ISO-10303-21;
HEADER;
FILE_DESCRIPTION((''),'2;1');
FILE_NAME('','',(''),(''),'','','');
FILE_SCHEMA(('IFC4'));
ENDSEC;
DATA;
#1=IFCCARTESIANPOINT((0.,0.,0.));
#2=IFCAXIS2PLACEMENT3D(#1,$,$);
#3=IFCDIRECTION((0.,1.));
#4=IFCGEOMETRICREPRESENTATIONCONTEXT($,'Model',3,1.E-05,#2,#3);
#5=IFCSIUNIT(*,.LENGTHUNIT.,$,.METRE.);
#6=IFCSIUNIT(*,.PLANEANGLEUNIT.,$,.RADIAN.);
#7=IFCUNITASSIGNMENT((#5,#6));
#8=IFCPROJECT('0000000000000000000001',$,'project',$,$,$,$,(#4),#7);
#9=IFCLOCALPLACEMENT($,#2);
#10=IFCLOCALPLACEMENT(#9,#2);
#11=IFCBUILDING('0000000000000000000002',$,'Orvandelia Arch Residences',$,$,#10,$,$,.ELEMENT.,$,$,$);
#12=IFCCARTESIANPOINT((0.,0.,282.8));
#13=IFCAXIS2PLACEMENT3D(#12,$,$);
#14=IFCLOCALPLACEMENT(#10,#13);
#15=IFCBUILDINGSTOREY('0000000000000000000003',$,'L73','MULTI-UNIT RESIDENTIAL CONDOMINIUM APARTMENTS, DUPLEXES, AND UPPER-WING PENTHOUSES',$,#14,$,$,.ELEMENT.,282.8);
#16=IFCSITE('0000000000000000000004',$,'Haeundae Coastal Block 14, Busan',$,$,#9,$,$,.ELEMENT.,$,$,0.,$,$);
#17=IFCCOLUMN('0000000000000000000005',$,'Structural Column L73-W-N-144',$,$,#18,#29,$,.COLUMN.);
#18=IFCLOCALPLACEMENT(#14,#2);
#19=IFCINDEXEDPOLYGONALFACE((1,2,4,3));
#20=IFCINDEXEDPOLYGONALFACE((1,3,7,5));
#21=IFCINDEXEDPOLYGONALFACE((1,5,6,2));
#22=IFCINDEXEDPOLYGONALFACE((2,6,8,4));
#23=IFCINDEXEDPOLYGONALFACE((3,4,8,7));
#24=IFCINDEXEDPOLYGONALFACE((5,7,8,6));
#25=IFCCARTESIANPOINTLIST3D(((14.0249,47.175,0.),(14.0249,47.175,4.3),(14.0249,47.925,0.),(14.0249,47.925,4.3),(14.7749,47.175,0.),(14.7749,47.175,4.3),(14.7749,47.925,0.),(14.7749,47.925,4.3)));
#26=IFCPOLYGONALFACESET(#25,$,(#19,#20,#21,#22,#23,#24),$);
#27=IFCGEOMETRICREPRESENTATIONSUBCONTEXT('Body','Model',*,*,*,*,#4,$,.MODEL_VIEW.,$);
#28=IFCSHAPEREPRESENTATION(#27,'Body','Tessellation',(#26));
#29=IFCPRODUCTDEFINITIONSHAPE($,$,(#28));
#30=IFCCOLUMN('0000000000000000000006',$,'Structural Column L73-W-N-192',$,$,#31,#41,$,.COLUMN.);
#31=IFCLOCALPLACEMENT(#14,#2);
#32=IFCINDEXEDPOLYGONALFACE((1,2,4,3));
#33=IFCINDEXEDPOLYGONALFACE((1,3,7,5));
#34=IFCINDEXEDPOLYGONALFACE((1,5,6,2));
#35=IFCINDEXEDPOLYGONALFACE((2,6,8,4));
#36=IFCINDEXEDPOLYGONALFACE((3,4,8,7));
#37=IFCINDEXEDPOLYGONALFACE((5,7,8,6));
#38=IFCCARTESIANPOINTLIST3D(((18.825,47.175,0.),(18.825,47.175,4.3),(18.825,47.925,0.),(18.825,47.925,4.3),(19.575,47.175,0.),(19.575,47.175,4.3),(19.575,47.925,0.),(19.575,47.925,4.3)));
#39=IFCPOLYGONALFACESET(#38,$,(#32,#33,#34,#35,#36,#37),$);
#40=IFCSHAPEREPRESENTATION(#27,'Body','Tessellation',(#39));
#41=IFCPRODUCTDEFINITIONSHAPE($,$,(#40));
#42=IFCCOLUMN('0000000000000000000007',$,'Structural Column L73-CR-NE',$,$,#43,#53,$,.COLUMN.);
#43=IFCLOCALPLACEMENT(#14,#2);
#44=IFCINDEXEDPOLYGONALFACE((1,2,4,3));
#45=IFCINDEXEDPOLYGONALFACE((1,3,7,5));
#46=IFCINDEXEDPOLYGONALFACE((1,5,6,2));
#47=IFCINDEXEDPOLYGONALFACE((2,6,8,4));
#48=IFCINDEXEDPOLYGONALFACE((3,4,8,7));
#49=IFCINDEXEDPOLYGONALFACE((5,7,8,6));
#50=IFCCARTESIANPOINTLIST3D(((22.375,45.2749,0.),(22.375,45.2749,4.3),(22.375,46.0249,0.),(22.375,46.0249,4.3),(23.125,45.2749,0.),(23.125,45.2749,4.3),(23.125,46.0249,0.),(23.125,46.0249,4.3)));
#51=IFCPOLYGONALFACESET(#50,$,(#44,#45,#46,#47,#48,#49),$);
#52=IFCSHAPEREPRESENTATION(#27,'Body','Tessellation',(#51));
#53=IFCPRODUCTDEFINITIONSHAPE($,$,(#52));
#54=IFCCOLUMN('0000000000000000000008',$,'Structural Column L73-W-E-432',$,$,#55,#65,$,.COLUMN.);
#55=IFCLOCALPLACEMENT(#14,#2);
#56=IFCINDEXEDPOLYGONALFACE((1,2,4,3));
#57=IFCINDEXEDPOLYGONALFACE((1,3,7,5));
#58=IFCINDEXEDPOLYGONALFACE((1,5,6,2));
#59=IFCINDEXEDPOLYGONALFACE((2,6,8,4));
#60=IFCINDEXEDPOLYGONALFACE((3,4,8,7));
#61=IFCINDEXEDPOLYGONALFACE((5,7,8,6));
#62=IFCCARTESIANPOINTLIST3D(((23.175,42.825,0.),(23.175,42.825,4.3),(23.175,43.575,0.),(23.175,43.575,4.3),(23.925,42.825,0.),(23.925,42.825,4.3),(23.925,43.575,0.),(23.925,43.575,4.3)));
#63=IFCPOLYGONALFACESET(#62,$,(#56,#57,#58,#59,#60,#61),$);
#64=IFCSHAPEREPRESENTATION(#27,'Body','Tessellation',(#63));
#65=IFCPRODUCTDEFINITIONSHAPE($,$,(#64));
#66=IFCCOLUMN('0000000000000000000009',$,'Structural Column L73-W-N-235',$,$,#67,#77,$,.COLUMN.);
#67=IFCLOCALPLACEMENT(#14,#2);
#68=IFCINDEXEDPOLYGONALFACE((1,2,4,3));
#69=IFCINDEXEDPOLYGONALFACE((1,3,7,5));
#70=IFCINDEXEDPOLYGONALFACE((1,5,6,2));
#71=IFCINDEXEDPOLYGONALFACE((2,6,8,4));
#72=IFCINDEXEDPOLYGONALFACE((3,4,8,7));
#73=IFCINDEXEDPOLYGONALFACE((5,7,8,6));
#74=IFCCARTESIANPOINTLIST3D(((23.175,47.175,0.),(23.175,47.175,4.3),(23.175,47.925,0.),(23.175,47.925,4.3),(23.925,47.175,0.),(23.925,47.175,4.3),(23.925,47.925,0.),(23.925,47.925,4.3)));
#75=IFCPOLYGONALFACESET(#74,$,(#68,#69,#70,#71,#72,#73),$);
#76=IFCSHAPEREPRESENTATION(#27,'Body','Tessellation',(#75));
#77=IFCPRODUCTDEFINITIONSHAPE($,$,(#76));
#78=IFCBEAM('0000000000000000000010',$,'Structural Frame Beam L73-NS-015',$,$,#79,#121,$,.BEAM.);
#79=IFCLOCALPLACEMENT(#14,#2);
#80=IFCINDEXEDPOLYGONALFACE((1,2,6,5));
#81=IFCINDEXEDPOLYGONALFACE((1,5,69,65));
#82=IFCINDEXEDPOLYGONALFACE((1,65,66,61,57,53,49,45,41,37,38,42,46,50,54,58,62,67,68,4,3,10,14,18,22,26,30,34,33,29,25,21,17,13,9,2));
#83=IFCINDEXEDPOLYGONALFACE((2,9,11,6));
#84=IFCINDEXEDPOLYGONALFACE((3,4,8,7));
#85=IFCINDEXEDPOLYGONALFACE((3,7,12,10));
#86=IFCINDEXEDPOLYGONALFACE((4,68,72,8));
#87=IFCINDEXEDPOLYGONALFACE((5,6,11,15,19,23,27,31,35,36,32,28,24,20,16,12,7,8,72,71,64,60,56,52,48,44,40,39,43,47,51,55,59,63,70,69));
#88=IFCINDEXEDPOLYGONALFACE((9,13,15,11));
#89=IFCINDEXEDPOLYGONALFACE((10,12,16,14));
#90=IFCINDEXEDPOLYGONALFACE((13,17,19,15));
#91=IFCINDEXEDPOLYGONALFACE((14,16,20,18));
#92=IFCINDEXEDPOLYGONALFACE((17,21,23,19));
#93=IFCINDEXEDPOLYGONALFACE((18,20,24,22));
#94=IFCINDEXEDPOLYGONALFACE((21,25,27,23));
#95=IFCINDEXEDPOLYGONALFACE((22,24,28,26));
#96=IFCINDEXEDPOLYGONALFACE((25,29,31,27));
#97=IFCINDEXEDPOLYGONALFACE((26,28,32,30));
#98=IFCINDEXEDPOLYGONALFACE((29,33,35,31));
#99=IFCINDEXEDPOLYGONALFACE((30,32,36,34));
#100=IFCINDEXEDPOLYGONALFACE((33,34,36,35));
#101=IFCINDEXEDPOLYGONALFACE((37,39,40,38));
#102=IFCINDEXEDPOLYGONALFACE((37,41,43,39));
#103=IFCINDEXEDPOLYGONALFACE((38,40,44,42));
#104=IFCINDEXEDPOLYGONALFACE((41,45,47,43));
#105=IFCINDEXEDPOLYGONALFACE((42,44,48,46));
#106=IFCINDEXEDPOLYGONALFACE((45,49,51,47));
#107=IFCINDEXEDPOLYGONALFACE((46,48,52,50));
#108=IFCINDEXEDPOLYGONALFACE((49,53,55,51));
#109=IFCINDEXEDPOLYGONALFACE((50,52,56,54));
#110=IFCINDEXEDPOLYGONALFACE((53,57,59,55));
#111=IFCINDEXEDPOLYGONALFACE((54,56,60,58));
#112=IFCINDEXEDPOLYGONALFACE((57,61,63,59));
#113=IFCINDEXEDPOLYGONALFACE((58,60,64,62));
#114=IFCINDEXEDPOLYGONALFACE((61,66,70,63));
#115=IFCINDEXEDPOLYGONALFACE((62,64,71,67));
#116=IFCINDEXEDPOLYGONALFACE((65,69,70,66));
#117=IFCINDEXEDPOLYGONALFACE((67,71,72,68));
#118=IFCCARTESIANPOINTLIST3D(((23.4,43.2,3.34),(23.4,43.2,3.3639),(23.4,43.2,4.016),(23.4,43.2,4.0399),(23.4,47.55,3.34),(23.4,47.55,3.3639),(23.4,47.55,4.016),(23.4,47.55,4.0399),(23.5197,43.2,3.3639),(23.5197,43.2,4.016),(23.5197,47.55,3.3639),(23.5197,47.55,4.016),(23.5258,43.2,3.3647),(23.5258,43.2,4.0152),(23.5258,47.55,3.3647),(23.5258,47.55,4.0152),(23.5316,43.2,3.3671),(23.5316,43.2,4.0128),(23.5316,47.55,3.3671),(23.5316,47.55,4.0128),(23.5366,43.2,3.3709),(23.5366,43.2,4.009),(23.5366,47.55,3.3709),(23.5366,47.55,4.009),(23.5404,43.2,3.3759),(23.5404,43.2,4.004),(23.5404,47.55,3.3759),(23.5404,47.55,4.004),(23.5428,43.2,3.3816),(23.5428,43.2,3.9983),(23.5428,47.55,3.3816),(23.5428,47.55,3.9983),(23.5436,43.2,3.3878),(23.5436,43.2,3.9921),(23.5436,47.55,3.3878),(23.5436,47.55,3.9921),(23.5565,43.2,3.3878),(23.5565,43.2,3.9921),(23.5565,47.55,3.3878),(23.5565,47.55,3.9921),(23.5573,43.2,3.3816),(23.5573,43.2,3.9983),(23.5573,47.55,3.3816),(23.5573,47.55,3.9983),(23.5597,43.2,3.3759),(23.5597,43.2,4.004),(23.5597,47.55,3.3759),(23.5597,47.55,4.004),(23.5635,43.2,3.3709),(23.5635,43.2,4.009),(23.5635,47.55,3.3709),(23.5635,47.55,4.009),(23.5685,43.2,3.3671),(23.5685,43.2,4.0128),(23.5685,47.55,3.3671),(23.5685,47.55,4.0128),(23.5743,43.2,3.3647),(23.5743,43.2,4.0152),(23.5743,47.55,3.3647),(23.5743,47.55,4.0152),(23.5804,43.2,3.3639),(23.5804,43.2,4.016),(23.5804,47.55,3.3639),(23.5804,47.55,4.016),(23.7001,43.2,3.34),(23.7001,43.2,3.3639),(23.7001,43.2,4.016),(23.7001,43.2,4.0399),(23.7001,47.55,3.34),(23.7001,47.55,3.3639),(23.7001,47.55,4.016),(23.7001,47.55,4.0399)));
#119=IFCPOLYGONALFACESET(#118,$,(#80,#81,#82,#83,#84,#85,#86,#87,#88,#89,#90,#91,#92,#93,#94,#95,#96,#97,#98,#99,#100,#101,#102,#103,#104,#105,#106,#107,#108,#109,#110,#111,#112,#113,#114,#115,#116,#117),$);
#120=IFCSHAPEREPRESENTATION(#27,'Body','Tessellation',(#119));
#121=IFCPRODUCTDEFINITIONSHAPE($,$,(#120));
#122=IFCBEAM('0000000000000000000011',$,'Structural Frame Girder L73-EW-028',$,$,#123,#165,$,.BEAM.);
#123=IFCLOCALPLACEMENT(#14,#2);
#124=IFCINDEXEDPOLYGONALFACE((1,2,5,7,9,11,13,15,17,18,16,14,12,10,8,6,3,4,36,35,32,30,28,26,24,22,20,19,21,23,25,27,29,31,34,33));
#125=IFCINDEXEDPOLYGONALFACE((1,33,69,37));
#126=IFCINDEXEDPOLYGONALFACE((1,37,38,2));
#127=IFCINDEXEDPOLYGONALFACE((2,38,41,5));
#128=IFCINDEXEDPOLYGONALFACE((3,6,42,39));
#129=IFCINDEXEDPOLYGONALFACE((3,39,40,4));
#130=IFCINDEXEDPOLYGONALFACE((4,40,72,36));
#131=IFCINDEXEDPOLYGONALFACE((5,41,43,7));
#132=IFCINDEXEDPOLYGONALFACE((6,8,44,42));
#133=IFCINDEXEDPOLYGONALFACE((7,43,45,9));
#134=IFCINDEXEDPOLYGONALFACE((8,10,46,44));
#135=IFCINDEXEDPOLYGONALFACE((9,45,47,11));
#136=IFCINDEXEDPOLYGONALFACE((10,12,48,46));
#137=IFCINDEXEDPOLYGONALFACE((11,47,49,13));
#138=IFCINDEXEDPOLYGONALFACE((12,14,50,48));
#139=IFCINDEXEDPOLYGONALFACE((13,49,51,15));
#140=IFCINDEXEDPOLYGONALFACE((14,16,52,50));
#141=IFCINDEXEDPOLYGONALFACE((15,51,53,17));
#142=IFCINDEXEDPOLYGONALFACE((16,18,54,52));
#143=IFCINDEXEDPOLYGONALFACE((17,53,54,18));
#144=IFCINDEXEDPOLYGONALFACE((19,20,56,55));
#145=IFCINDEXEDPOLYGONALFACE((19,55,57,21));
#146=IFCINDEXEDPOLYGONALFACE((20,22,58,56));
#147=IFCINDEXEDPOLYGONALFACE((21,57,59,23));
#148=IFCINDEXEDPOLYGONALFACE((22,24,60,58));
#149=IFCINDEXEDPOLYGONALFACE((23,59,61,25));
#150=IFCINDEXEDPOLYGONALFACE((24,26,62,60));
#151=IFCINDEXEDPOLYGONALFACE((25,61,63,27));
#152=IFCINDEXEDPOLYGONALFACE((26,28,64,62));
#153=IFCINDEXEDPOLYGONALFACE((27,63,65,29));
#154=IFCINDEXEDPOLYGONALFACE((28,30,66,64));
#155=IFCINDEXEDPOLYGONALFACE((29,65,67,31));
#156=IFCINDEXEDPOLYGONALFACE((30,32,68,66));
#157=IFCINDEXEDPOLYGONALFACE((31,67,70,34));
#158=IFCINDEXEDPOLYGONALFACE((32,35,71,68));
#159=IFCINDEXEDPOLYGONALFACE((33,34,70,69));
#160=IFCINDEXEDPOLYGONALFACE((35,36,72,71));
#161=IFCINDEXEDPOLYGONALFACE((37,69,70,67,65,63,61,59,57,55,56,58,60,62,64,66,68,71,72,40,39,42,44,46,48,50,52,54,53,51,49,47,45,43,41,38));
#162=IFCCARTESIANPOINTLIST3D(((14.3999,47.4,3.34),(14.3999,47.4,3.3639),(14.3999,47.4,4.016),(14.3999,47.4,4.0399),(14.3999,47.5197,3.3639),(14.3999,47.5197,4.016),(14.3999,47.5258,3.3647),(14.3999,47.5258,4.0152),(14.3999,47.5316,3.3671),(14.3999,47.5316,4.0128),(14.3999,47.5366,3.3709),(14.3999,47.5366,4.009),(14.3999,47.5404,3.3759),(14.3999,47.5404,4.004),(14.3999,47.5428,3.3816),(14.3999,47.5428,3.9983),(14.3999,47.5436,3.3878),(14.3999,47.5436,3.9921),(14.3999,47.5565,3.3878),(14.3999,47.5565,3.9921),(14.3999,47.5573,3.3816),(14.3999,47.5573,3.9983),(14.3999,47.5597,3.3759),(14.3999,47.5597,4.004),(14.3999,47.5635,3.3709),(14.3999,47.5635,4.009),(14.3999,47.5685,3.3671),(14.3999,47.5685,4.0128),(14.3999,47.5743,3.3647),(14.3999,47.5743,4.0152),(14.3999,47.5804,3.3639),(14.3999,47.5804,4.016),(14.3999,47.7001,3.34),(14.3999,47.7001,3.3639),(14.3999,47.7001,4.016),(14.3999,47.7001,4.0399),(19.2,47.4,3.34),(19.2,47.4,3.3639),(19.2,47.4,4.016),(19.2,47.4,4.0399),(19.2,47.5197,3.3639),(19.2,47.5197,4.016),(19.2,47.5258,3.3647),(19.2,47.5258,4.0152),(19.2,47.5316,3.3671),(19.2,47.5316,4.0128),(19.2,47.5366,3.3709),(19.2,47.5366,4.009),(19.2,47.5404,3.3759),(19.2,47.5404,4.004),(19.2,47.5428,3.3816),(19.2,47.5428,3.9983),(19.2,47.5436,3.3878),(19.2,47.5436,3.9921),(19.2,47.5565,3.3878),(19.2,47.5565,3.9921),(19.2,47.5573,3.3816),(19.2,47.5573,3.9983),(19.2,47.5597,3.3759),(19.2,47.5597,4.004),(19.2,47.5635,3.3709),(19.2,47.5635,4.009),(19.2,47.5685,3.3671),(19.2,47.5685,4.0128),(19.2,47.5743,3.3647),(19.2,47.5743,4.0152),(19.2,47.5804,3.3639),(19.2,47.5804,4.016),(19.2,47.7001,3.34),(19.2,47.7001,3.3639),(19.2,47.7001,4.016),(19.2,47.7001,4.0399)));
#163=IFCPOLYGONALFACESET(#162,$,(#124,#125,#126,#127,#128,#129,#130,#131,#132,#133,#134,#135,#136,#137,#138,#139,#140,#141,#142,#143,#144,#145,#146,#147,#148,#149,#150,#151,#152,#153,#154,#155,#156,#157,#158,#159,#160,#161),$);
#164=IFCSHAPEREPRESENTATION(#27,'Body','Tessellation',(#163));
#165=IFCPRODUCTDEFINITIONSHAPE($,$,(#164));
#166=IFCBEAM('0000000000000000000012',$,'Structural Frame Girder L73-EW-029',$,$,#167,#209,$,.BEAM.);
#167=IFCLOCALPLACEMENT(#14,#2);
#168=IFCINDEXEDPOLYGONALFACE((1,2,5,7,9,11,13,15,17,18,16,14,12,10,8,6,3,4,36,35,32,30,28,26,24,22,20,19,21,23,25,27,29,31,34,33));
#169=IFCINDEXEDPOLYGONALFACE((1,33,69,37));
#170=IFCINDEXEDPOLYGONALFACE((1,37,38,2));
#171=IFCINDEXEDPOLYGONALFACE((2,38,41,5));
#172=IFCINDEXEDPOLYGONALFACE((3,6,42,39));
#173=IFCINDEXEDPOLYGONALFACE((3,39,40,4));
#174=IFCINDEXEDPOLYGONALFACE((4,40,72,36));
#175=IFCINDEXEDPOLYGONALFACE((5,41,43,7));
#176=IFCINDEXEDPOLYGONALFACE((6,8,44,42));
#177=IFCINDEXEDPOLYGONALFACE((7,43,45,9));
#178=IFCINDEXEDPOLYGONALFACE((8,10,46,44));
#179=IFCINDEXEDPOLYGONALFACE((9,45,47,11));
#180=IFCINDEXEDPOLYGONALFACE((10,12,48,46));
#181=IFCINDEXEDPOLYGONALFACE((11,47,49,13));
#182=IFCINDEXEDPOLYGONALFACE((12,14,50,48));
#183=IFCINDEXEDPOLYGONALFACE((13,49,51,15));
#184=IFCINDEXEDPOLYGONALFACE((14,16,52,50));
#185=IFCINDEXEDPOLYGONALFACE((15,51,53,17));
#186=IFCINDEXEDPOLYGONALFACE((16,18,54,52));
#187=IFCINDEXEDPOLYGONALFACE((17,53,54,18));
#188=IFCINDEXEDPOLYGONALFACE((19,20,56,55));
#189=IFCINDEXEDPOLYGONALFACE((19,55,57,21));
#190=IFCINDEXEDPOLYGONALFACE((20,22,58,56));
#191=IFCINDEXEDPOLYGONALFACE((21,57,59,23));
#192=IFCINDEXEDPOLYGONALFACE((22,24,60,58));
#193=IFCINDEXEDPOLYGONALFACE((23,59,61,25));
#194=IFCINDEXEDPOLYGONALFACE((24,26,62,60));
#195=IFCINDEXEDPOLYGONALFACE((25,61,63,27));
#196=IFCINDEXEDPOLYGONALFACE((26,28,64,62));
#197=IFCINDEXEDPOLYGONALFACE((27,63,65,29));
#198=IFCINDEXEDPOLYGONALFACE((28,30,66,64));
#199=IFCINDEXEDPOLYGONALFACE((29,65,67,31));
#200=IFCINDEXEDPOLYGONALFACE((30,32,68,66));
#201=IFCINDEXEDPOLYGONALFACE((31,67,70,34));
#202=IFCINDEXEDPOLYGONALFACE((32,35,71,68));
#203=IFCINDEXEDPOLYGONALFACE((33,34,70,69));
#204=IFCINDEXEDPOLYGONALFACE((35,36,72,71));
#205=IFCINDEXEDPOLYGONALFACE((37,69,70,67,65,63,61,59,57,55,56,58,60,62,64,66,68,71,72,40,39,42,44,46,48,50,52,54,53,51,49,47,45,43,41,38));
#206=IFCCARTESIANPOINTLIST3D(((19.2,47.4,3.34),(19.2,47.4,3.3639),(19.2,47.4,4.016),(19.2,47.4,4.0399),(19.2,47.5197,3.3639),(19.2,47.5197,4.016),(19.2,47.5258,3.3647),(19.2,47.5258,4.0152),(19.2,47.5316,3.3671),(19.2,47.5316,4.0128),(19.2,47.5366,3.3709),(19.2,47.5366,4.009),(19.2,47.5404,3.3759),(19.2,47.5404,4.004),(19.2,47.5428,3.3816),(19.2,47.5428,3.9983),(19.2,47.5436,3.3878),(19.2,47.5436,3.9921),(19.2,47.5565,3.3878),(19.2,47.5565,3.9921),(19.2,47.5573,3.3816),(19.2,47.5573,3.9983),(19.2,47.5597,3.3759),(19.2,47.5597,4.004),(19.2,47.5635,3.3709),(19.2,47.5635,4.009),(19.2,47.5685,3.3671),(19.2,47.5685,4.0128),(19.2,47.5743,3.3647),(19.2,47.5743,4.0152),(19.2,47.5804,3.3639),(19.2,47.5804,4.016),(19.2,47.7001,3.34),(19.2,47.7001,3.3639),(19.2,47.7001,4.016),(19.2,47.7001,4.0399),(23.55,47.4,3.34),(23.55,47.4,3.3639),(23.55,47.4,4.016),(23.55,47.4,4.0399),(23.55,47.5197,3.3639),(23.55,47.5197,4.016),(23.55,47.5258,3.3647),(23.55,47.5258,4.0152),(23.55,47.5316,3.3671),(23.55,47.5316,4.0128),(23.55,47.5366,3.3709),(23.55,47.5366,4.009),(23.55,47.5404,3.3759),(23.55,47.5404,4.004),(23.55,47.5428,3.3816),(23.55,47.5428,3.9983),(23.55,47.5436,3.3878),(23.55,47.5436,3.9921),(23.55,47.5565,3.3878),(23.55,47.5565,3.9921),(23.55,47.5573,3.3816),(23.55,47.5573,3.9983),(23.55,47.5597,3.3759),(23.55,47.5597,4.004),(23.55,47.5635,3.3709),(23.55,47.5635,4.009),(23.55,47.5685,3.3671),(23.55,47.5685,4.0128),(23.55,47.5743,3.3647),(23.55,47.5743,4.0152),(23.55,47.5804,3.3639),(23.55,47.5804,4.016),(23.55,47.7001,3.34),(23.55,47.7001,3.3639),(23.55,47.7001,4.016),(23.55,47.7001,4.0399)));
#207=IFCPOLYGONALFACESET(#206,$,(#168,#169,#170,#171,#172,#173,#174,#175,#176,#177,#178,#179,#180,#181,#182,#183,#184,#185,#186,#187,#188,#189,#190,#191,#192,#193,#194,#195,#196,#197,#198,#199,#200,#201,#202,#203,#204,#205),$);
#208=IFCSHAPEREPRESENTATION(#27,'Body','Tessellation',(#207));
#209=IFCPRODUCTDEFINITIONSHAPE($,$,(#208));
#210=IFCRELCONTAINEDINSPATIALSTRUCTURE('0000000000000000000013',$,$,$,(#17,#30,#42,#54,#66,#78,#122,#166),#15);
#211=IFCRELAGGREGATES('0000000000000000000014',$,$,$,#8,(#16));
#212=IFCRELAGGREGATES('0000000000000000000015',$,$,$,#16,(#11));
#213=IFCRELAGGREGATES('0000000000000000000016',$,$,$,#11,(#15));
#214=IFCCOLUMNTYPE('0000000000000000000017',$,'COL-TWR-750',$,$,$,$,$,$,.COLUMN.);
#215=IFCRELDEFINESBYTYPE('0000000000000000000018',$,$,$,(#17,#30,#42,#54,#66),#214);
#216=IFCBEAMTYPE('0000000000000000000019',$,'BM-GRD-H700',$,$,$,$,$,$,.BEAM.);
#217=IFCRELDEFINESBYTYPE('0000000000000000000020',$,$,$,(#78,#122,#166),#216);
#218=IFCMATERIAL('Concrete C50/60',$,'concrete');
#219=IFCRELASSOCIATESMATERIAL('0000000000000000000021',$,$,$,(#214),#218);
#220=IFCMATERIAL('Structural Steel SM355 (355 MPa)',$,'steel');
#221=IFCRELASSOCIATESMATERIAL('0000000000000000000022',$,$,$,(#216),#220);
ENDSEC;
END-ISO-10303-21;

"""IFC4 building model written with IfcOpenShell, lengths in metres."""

from ifc_helpers import new_model, si_unit, direction, frame, origin, origin_2d, place, context, subcontext, project, spatial, rectangle, i_section, extrude, material, material_profile, profile_set, type_object, element, save


model = new_model("IFC4")

# Units and contexts
model_context = context("Model", 3, precision=1e-05, world=origin(), true_north=direction((0.0, 1.0)))
body_context = subcontext(model_context, "Body", "Model", "MODEL_VIEW")
ifc_project = project(units=[si_unit("LENGTHUNIT", "METRE"), si_unit("PLANEANGLEUNIT", "RADIAN")], contexts=[model_context])

# Site, building, storey
site_placement = place(None, origin())
site = spatial("IfcSite", under=ifc_project, at=site_placement, Name="Haeundae Coastal Block 14, Busan", CompositionType="ELEMENT", RefElevation=0.0)
building_placement = place(site_placement, origin())
building = spatial("IfcBuilding", under=site, at=building_placement, Name="Orvandelia Arch Residences", CompositionType="ELEMENT")
storey_placement = place(building_placement, frame((0.0, 0.0, 282.8)))
storey = spatial("IfcBuildingStorey", under=building, at=storey_placement, Name="L73", Description="MULTI-UNIT RESIDENTIAL CONDOMINIUM APARTMENTS, DUPLEXES, AND UPPER-WING PENTHOUSES", CompositionType="ELEMENT", Elevation=282.8)

# Columns
ifc_material_1 = material(Name="Concrete C50/60", Category="concrete")
ifc_material_profile_1 = material_profile(ifc_material_1, rectangle(XDim=0.75, YDim=0.75, at=origin_2d()), Name="Concrete C50/60", Category="concrete")
ifc_profile_set_1 = profile_set([ifc_material_profile_1], Name="Concrete C50/60")
column_type = type_object("IfcColumnType", Name="COL-TWR-750", PredefinedType="COLUMN", material=ifc_profile_set_1)
for number, where, z_axis, x_axis, name in (
    (1, (14.3999, 47.55, 0.0), (0.0, 0.0, 1.0), (1.0, 0.0, 0.0), "Structural Column L73-W-N-144"),
    (2, (19.2, 47.55, 0.0), (0.0, 0.0, 1.0), (1.0, 0.0, 0.0), "Structural Column L73-W-N-192"),
    (3, (22.75, 45.6499, 0.0), (0.0, 0.0, 1.0), (1.0, 0.0, 0.0), "Structural Column L73-CR-NE"),
    (4, (23.55, 43.2, 0.0), (0.0, 0.0, 1.0), (1.0, 0.0, 0.0), "Structural Column L73-W-E-432"),
    (5, (23.55, 47.55, 0.0), (0.0, 0.0, 1.0), (1.0, 0.0, 0.0), "Structural Column L73-W-N-235"),
):
    element("IfcColumn", number, at=place(storey_placement, frame(where, z_axis=z_axis, x_axis=x_axis)), inside=storey, type_object=column_type, Name=name, PredefinedType="COLUMN", context=body_context, shape_type="SweptSolid", body=[
        extrude(rectangle(XDim=0.75, YDim=0.75, at=origin_2d()), origin(), (0.0, 0.0, 1.0), 4.3),
    ])

# Beams
ifc_material_2 = material(Name="Structural Steel SM355 (355 MPa)", Category="steel")
ifc_material_profile_2 = material_profile(ifc_material_2, i_section(OverallWidth=0.3, OverallDepth=0.7, WebThickness=0.0129, FlangeThickness=0.0239, FilletRadius=0.0239, at=origin_2d()), Name="Structural Steel SM355 (355 MPa)", Category="steel")
ifc_profile_set_2 = profile_set([ifc_material_profile_2], Name="Structural Steel SM355 (355 MPa)")
beam_type = type_object("IfcBeamType", Name="BM-GRD-H700", PredefinedType="BEAM", material=ifc_profile_set_2)
beam_1_placement = place(storey_placement, frame((23.55, 43.2, 3.6899), z_axis=(0.0, 1.0, 0.0), x_axis=(-1.0, 0.0, 0.0)))
element("IfcBeam", 6, at=beam_1_placement, inside=storey, type_object=beam_type, Name="Structural Frame Beam L73-NS-015", PredefinedType="BEAM", context=body_context, shape_type="SweptSolid", body=[
    extrude(i_section(OverallWidth=0.3, OverallDepth=0.7, WebThickness=0.0129, FlangeThickness=0.0239, FilletRadius=0.0239, at=origin_2d()), origin(), (0.0, 0.0, 1.0), 4.3501),
])
beam_2_placement = place(storey_placement, frame((14.3999, 47.55, 3.6899), z_axis=(1.0, 0.0, 0.0), x_axis=(0.0, 1.0, 0.0)))
element("IfcBeam", 7, at=beam_2_placement, inside=storey, type_object=beam_type, Name="Structural Frame Girder L73-EW-028", PredefinedType="BEAM", context=body_context, shape_type="SweptSolid", body=[
    extrude(i_section(OverallWidth=0.3, OverallDepth=0.7, WebThickness=0.0129, FlangeThickness=0.0239, FilletRadius=0.0239, at=origin_2d()), origin(), (0.0, 0.0, 1.0), 4.8),
])
beam_3_placement = place(storey_placement, frame((19.2, 47.55, 3.6899), z_axis=(1.0, 0.0, 0.0), x_axis=(0.0, 1.0, 0.0)))
element("IfcBeam", 8, at=beam_3_placement, inside=storey, type_object=beam_type, Name="Structural Frame Girder L73-EW-029", PredefinedType="BEAM", context=body_context, shape_type="SweptSolid", body=[
    extrude(i_section(OverallWidth=0.3, OverallDepth=0.7, WebThickness=0.0129, FlangeThickness=0.0239, FilletRadius=0.0239, at=origin_2d()), origin(), (0.0, 0.0, 1.0), 4.3501),
])

save(model, "model.ifc")
